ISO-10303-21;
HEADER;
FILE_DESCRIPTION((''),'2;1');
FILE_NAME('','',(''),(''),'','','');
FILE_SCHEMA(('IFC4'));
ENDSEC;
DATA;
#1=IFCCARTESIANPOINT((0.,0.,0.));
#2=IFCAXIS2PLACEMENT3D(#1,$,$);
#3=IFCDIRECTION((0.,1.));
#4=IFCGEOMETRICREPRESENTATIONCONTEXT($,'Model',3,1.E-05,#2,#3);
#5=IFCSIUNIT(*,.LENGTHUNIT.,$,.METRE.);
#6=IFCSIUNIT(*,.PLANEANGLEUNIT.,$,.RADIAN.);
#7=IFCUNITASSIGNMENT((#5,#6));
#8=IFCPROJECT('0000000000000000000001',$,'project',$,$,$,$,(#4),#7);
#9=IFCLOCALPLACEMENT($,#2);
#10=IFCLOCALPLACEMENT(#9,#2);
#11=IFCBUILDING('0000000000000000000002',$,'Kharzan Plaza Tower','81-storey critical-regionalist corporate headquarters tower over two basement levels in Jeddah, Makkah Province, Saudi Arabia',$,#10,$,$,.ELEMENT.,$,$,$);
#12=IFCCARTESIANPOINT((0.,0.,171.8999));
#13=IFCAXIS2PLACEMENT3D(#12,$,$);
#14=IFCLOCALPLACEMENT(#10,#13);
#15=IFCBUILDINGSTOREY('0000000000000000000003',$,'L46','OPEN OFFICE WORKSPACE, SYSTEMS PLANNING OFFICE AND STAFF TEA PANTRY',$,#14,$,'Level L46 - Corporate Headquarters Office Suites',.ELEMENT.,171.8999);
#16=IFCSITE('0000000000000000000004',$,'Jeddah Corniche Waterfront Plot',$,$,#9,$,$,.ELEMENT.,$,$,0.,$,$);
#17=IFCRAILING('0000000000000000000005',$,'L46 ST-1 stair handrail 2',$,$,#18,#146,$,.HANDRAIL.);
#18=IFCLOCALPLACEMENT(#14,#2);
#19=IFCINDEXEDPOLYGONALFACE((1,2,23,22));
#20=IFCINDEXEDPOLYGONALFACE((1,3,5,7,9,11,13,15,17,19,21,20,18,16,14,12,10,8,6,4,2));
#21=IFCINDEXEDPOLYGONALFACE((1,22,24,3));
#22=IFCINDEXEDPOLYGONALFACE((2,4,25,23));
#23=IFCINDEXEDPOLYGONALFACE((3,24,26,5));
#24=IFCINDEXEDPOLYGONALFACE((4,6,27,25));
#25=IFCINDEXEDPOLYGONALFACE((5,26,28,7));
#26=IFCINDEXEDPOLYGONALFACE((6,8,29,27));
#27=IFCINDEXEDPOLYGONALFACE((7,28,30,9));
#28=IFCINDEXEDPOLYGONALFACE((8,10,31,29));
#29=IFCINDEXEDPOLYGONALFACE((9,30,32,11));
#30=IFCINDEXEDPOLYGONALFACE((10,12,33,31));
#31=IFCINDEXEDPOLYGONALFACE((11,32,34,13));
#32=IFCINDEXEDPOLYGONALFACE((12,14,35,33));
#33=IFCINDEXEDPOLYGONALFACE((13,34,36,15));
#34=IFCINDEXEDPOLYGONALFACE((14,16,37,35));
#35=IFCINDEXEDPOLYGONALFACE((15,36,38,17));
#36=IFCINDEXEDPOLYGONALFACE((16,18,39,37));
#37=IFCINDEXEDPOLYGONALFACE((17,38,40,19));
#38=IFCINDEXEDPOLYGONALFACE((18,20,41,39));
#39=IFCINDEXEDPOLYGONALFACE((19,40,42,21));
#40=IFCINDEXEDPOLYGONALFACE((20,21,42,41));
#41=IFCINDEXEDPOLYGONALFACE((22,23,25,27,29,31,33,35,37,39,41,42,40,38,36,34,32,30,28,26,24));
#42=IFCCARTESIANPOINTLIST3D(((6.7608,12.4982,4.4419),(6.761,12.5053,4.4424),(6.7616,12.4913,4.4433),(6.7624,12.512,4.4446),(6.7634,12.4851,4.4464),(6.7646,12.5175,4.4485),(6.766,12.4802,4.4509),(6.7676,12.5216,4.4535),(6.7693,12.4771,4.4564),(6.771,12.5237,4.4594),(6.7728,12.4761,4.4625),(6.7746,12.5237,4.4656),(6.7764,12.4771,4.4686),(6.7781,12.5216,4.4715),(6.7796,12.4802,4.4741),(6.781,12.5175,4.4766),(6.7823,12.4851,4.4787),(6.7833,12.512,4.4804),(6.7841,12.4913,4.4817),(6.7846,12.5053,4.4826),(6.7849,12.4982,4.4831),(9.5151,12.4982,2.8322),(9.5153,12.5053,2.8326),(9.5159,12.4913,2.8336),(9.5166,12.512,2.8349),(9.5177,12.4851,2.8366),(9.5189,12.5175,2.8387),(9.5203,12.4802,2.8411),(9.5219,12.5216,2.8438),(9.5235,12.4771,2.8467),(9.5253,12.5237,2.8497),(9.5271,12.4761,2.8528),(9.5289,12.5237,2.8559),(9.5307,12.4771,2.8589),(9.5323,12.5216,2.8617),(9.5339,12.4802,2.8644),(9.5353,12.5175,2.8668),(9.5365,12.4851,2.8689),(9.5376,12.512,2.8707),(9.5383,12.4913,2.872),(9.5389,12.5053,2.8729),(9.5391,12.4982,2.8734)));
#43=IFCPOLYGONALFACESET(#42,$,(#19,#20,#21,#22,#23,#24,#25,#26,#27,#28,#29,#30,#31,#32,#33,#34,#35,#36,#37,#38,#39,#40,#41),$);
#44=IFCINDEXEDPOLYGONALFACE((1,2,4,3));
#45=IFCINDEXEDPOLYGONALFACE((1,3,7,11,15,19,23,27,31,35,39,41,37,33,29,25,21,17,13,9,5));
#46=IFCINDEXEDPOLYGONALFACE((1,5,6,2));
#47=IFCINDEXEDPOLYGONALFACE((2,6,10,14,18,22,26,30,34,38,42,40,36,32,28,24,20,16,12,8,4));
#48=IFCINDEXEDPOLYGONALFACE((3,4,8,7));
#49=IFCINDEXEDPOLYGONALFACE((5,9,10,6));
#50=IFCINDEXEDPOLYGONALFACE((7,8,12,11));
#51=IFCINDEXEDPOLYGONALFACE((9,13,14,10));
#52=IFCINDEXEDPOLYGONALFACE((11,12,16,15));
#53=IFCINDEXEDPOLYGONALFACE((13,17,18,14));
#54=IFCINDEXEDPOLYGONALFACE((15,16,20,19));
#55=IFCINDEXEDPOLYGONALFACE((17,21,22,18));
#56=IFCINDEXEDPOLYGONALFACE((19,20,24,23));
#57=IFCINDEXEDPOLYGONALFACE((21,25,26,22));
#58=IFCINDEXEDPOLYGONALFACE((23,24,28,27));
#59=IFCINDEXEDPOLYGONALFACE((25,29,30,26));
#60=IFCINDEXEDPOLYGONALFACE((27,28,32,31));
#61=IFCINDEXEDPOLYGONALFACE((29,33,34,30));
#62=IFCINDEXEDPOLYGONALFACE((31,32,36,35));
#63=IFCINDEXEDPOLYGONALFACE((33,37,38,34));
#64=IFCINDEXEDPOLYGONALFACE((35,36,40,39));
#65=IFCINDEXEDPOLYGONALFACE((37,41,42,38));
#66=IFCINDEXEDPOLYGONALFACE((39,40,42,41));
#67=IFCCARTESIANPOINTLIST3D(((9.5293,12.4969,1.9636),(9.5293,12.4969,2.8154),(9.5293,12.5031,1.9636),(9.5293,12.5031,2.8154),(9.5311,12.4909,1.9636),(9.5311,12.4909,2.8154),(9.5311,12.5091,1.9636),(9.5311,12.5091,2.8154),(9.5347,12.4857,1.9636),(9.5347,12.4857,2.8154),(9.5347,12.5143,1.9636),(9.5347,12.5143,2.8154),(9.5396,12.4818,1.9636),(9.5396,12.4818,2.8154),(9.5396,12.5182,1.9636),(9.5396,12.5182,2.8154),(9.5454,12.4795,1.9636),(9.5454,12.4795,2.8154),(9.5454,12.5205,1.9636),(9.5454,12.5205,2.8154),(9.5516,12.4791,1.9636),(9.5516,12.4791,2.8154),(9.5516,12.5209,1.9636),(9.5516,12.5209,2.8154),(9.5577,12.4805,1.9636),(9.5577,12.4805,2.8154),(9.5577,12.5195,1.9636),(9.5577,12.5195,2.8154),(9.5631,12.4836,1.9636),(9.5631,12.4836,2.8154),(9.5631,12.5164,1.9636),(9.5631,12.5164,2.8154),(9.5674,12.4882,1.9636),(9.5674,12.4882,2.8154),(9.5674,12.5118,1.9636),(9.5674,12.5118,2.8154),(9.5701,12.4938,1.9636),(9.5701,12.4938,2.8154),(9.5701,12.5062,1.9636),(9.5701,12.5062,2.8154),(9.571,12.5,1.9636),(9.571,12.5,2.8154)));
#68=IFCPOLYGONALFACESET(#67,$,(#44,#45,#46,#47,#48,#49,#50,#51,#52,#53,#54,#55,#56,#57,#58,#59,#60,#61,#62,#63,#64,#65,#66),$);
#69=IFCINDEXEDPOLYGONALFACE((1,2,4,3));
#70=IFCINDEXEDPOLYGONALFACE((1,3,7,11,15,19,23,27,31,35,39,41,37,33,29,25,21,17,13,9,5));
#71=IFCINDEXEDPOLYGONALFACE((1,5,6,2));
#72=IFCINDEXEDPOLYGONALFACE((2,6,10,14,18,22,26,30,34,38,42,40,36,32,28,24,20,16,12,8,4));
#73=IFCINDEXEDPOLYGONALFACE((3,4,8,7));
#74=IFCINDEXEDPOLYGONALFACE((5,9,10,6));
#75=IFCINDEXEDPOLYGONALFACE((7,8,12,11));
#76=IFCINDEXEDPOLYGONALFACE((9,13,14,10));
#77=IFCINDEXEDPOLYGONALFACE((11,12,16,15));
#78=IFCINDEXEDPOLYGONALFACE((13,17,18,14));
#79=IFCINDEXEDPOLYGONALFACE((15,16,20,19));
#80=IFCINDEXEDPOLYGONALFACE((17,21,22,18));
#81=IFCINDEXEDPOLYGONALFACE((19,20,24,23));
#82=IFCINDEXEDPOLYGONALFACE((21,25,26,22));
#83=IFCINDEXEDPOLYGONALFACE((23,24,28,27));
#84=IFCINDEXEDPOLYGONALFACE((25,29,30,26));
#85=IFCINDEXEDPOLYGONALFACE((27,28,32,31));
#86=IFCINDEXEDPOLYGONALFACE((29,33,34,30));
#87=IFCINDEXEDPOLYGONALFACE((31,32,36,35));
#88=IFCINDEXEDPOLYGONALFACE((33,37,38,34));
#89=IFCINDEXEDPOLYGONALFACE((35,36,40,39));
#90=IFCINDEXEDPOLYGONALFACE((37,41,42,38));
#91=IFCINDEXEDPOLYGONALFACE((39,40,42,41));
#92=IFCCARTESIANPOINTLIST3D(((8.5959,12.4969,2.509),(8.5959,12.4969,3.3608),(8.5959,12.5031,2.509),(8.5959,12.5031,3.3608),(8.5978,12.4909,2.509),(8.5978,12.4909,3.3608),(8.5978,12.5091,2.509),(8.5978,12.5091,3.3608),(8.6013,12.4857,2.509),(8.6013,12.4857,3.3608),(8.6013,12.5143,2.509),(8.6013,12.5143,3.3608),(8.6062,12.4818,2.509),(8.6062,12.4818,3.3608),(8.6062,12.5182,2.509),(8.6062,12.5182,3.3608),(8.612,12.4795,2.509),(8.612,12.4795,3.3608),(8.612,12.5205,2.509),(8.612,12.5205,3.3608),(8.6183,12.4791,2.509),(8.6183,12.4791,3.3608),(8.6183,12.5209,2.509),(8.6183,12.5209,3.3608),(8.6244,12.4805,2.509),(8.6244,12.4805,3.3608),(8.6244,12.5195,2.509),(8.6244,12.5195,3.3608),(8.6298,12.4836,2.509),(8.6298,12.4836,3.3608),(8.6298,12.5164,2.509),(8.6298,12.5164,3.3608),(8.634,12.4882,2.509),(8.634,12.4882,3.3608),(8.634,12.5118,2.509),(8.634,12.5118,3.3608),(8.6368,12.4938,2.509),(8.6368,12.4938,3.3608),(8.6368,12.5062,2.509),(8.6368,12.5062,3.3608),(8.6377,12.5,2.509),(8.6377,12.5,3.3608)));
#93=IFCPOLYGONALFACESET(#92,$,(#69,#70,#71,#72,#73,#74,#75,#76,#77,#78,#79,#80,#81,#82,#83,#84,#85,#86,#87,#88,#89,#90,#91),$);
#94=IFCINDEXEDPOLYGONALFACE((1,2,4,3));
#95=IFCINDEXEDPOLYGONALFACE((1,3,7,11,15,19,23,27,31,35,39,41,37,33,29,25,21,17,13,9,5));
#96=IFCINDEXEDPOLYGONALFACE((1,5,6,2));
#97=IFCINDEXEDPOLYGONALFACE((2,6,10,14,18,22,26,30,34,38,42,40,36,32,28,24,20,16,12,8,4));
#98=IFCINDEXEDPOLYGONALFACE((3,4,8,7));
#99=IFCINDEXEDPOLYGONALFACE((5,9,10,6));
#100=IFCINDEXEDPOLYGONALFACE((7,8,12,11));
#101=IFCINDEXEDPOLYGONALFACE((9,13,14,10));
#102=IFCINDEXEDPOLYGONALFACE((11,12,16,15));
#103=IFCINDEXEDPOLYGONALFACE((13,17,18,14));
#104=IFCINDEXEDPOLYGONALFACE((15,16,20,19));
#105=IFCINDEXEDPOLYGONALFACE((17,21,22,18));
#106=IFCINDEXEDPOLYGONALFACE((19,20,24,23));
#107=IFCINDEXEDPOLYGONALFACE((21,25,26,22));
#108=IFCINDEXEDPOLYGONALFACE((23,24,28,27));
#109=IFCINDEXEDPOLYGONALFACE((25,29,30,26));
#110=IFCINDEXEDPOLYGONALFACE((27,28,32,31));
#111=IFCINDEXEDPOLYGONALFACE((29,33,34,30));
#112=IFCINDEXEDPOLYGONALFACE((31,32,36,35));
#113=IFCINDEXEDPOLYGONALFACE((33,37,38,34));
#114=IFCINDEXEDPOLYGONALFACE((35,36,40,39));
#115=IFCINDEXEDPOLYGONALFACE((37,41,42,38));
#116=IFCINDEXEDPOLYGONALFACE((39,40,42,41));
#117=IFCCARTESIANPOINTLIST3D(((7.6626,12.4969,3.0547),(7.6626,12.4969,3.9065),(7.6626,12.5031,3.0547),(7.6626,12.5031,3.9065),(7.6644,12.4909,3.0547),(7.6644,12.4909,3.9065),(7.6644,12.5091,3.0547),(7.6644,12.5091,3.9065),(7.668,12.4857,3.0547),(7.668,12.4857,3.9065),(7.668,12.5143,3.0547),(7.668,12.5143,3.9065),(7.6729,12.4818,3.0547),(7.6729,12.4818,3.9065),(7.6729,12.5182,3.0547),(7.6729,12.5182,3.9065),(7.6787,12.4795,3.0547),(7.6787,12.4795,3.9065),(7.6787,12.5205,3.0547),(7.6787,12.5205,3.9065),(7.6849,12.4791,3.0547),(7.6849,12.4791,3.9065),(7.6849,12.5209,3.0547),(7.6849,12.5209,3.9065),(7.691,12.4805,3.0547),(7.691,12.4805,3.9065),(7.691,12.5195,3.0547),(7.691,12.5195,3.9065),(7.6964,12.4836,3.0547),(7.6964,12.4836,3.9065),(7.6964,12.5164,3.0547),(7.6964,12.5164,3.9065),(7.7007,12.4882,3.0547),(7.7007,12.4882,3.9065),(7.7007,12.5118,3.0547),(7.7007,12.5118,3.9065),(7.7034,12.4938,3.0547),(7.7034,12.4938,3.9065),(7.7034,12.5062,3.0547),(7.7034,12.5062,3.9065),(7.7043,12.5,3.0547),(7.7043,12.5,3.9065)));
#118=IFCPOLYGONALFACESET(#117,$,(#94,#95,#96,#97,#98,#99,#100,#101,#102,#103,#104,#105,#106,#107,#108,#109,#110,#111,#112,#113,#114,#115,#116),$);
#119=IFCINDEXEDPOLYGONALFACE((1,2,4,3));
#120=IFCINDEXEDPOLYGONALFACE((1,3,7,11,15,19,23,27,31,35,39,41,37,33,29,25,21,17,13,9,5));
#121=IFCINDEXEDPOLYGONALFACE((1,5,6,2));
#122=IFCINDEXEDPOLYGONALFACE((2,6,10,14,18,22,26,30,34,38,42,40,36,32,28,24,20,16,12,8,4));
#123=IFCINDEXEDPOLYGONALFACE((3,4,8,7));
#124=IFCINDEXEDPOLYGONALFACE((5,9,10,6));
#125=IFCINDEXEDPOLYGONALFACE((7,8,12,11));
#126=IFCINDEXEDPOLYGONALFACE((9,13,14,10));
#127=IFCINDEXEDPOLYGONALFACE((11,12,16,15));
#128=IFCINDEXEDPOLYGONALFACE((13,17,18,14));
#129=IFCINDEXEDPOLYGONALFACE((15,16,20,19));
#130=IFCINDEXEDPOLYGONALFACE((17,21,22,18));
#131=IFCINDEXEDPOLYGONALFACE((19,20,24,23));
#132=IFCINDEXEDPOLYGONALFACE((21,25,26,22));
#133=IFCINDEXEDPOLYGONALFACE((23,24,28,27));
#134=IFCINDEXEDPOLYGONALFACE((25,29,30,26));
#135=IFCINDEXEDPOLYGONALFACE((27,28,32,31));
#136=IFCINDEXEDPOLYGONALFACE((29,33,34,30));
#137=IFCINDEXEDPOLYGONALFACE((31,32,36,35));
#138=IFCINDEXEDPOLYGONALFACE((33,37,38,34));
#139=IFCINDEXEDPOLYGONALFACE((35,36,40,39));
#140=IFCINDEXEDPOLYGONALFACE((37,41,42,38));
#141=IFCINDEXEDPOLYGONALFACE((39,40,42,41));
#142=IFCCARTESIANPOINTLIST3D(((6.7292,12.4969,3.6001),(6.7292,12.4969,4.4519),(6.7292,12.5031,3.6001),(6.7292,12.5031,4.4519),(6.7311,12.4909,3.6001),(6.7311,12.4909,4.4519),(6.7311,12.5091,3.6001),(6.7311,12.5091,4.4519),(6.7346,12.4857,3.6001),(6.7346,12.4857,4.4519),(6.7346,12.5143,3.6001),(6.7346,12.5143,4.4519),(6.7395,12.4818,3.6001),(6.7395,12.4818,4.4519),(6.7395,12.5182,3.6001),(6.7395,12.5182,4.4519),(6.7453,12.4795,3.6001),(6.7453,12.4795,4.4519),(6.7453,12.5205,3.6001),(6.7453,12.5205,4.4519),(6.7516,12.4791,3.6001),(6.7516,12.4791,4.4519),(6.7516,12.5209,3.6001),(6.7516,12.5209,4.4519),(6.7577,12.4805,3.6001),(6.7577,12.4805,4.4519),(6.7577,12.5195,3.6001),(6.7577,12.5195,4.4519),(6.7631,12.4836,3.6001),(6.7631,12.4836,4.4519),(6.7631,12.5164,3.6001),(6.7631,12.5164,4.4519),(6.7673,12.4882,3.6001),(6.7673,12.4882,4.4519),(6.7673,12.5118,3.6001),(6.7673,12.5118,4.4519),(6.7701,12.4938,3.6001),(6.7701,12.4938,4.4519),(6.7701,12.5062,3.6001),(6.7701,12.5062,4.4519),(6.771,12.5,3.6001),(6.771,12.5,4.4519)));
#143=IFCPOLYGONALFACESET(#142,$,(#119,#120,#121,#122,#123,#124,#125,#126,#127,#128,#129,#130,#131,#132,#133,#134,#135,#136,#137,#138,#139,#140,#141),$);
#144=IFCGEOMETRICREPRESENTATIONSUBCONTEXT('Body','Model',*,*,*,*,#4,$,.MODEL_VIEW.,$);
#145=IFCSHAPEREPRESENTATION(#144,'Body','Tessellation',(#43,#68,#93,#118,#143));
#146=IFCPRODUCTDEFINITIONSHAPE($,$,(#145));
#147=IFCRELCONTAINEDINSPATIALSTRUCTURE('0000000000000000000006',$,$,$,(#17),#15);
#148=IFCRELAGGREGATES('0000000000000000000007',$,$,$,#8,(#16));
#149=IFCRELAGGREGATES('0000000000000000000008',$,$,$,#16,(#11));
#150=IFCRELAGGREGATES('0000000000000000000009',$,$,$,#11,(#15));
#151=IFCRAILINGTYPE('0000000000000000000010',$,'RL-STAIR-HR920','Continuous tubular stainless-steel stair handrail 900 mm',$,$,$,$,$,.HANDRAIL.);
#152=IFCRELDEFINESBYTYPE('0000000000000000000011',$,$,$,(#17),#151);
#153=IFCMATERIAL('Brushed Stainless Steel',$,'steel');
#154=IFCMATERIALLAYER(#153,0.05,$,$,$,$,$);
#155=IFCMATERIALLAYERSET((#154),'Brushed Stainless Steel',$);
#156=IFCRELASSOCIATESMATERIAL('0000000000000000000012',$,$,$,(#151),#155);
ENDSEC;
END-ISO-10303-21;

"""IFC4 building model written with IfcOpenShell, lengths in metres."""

from ifc_helpers import new_model, si_unit, direction, frame, origin, origin_2d, place, context, subcontext, project, spatial, circle, extrude, source, transform, mapped, material, layer, layer_set, type_object, element, save


model = new_model("IFC4")

# Units and contexts
model_context = context("Model", 3, precision=1e-05, world=origin(), true_north=direction((0.0, 1.0)))
body_context = subcontext(model_context, "Body", "Model", "MODEL_VIEW")
ifc_project = project(units=[si_unit("LENGTHUNIT", "METRE"), si_unit("PLANEANGLEUNIT", "RADIAN")], contexts=[model_context])

# Site, building, storey
site_placement = place(None, origin())
site = spatial("IfcSite", under=ifc_project, at=site_placement, Name="Jeddah Corniche Waterfront Plot", CompositionType="ELEMENT", RefElevation=0.0)
building_placement = place(site_placement, origin())
building = spatial("IfcBuilding", under=site, at=building_placement, Name="Kharzan Plaza Tower", Description="81-storey critical-regionalist corporate headquarters tower over two basement levels in Jeddah, Makkah Province, Saudi Arabia", CompositionType="ELEMENT")
storey_placement = place(building_placement, frame((0.0, 0.0, 171.8999)))
storey = spatial("IfcBuildingStorey", under=building, at=storey_placement, Name="L46", Description="OPEN OFFICE WORKSPACE, SYSTEMS PLANNING OFFICE AND STAFF TEA PANTRY", LongName="Level L46 - Corporate Headquarters Office Suites", CompositionType="ELEMENT", Elevation=171.8999)

# Shared definitions
ifc_material_1 = material(Name="Brushed Stainless Steel", Category="steel")

# Railing
ifc_layer_1 = layer(ifc_material_1, 0.05)
ifc_layer_set_1 = layer_set([ifc_layer_1], Name="Brushed Stainless Steel")
railing_type_1 = type_object("IfcRailingType", Name="RL-STAIR-HR920", Description="Continuous tubular stainless-steel stair handrail 900 mm", PredefinedType="HANDRAIL", material=ifc_layer_set_1)
shared_shape_1 = source(origin(), body_context, "Body", "SweptSolid", [
    extrude(circle(Radius=0.0239, at=origin_2d()), frame((-0.0229, 0.0, 0.8892), z_axis=(-0.863361, 0.0, 0.504587), x_axis=(0.0, -1.0, 0.0)), (0.0, 0.0, 1.0), 3.1902),
    extrude(circle(Radius=0.021, at=origin_2d()), origin(), (0.0, 0.0, 1.0), 0.8518),
    extrude(circle(Radius=0.021, at=origin_2d()), frame((-0.9333, 0.0, 0.5454)), (0.0, 0.0, 1.0), 0.8518),
    extrude(circle(Radius=0.021, at=origin_2d()), frame((-1.8667, 0.0, 1.0911)), (0.0, 0.0, 1.0), 0.8518),
    extrude(circle(Radius=0.021, at=origin_2d()), frame((-2.8, 0.0, 1.6365)), (0.0, 0.0, 1.0), 0.8518),
])
railing_1_placement = place(storey_placement, frame((9.55, 12.5, 1.9636)))
element("IfcRailing", 1, at=railing_1_placement, inside=storey, type_object=railing_type_1, Name="L46 ST-1 stair handrail 2", PredefinedType="HANDRAIL", context=body_context, shape_type="MappedRepresentation", body=[
    mapped(shared_shape_1, transform((0.0, 0.0, 0.0), x_axis=(1.0, 0.0, 0.0), y_axis=(0.0, 1.0, 0.0), z_axis=(0.0, 0.0, 1.0))),
])

save(model, "model.ifc")
